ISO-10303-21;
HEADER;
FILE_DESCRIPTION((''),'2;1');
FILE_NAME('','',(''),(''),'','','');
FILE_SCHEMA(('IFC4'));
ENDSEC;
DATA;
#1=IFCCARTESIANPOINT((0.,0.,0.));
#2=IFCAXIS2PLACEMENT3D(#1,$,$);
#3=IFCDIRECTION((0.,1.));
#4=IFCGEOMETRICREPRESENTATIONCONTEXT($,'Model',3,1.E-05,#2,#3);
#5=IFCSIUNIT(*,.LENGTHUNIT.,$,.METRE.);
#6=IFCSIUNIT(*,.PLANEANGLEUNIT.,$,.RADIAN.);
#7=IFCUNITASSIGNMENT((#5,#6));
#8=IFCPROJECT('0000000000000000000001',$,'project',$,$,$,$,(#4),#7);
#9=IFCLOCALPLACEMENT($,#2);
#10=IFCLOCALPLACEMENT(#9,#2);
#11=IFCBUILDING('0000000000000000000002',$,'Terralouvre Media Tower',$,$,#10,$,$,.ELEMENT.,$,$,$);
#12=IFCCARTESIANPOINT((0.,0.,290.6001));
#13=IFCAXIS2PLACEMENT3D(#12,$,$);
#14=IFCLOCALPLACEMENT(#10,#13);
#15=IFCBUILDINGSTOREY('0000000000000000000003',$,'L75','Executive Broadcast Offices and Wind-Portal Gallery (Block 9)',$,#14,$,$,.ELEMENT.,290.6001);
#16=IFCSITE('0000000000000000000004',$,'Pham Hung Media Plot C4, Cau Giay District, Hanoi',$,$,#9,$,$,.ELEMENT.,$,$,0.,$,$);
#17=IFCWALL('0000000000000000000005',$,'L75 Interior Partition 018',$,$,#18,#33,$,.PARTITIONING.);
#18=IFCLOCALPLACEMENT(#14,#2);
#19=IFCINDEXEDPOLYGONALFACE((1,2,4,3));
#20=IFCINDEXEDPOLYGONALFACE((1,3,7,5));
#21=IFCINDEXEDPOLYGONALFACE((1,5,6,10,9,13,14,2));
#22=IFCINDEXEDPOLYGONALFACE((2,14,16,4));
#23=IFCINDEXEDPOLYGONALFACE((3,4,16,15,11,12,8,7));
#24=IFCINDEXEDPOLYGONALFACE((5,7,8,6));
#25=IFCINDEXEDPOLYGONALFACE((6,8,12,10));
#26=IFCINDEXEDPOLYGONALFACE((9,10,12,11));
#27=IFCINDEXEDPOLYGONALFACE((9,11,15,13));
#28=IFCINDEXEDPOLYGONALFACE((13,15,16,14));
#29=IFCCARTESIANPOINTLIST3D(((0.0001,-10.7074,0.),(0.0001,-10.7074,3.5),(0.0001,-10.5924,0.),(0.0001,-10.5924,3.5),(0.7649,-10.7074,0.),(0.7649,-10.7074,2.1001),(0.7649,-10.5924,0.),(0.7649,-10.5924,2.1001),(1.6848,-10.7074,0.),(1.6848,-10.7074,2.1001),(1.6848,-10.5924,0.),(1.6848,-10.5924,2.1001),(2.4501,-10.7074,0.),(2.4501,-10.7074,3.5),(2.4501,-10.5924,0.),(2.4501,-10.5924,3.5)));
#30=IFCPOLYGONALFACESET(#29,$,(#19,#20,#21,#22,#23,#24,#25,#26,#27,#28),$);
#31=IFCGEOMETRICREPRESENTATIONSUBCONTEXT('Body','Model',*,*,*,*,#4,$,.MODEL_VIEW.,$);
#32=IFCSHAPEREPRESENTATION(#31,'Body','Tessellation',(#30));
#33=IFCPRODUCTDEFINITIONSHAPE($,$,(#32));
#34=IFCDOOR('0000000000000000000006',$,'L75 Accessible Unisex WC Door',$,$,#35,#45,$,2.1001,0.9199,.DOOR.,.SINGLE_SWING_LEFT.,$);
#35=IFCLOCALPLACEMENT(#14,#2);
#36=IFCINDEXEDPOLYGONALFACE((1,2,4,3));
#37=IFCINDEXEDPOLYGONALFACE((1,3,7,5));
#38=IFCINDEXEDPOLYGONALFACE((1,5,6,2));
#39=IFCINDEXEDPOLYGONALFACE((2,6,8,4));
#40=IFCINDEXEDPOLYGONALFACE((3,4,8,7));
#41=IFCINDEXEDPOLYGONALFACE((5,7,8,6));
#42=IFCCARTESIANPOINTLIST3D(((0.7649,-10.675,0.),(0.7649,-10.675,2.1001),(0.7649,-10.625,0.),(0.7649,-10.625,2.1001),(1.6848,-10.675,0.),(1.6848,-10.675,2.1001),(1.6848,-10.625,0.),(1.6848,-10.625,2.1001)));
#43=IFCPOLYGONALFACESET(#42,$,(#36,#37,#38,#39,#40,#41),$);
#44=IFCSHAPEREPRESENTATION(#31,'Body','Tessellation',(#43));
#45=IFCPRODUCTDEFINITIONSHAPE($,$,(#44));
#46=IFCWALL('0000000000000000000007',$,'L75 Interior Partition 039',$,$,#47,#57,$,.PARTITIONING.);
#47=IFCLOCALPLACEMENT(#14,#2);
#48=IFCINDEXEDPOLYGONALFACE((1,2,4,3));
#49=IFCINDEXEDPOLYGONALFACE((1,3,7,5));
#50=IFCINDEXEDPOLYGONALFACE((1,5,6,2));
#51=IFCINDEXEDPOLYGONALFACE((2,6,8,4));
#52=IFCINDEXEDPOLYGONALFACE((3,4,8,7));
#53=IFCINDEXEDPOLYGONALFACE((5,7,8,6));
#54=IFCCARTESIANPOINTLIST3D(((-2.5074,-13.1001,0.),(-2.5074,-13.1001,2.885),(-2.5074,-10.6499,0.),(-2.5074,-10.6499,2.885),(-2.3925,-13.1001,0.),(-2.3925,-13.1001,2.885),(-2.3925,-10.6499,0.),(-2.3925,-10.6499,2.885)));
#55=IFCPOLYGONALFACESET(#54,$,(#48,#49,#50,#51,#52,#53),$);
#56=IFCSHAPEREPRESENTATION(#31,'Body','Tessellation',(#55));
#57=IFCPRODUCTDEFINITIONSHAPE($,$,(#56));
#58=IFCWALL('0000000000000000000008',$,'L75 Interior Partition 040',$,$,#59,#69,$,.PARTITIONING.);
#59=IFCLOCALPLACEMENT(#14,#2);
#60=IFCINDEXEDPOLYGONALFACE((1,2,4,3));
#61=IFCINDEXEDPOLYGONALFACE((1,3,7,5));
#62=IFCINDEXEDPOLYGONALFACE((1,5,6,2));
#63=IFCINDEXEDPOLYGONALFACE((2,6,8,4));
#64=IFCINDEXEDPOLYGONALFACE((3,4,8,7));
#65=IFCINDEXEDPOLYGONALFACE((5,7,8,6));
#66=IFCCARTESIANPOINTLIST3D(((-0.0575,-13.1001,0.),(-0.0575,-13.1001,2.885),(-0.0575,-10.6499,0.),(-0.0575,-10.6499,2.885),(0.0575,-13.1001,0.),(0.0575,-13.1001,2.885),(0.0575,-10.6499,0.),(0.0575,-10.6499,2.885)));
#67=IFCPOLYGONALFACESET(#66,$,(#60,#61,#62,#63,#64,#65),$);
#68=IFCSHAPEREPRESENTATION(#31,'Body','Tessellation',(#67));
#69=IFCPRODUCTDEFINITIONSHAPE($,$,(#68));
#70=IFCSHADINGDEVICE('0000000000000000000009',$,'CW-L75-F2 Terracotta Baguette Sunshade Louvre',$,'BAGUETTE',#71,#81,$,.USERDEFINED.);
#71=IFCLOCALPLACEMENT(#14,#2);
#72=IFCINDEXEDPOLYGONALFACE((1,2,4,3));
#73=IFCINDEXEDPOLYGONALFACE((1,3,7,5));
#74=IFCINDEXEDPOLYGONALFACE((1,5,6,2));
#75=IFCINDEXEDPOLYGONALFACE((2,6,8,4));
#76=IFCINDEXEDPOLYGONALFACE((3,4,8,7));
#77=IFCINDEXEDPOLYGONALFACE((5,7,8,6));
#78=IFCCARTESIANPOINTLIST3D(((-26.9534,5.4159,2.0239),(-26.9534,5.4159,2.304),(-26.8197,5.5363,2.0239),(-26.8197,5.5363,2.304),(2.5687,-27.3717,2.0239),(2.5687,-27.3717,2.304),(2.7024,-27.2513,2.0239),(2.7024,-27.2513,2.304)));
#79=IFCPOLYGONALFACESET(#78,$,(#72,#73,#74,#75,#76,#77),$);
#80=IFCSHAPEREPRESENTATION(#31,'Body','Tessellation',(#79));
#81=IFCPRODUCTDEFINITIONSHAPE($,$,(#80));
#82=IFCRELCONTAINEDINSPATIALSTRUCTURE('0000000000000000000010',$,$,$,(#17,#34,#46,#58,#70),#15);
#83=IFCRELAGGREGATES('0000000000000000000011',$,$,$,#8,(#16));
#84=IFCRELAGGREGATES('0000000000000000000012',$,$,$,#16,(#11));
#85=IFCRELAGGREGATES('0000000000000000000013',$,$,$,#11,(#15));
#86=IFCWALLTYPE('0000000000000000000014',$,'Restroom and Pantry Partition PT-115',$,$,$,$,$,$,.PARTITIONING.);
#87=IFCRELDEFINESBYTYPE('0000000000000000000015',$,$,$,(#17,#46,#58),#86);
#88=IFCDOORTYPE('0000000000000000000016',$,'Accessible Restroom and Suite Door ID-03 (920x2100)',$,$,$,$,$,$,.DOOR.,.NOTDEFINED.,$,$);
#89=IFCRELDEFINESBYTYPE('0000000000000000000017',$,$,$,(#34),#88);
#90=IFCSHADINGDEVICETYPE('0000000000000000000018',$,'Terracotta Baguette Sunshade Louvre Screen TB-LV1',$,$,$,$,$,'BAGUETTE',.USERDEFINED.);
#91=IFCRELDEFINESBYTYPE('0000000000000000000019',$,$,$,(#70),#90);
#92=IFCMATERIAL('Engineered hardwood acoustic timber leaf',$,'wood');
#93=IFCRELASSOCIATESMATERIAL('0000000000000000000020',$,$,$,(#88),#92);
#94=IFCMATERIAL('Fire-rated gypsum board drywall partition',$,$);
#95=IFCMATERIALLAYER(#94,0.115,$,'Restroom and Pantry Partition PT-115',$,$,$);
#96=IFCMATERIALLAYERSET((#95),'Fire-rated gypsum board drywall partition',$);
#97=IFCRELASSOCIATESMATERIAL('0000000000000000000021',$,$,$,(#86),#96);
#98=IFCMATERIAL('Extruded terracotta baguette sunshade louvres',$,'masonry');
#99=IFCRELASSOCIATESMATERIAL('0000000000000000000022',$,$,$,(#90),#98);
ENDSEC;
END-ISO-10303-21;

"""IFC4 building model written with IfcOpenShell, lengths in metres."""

from ifc_helpers import new_model, si_unit, direction, frame, frame_2d, origin, origin_2d, place, context, subcontext, project, spatial, rectangle, extrude, material, layer, layer_set, type_object, element, fill, save


model = new_model("IFC4")

# Units and contexts
model_context = context("Model", 3, precision=1e-05, world=origin(), true_north=direction((0.0, 1.0)))
body_context = subcontext(model_context, "Body", "Model", "MODEL_VIEW")
ifc_project = project(units=[si_unit("LENGTHUNIT", "METRE"), si_unit("PLANEANGLEUNIT", "RADIAN")], contexts=[model_context])

# Site, building, storey
site_placement = place(None, origin())
site = spatial("IfcSite", under=ifc_project, at=site_placement, Name="Pham Hung Media Plot C4, Cau Giay District, Hanoi", CompositionType="ELEMENT", RefElevation=0.0)
building_placement = place(site_placement, origin())
building = spatial("IfcBuilding", under=site, at=building_placement, Name="Terralouvre Media Tower", CompositionType="ELEMENT")
storey_placement = place(building_placement, frame((0.0, 0.0, 290.6001)))
storey = spatial("IfcBuildingStorey", under=building, at=storey_placement, Name="L75", Description="Executive Broadcast Offices and Wind-Portal Gallery (Block 9)", CompositionType="ELEMENT", Elevation=290.6001)

# Shared definitions
ifc_material_1 = material(Name="Engineered hardwood acoustic timber leaf", Category="wood")
door_type = type_object("IfcDoorType", Name="Accessible Restroom and Suite Door ID-03 (920x2100)", OperationType="NOTDEFINED", PredefinedType="DOOR", material=ifc_material_1)

# Wall, opening, door
ifc_material_2 = material(Name="Fire-rated gypsum board drywall partition")
ifc_layer_1 = layer(ifc_material_2, 0.115, Name="Restroom and Pantry Partition PT-115")
ifc_layer_set_1 = layer_set([ifc_layer_1], Name="Fire-rated gypsum board drywall partition")
wall_type_1 = type_object("IfcWallType", Name="Restroom and Pantry Partition PT-115", PredefinedType="PARTITIONING", material=ifc_layer_set_1)
wall_1_placement = place(storey_placement, frame((0.0, -10.6499, 0.0), z_axis=(0.0, 0.0, 1.0), x_axis=(1.0, 0.0, 0.0)))
wall_1 = element("IfcWall", 1, at=wall_1_placement, inside=storey, type_object=wall_type_1, Name="L75 Interior Partition 018", PredefinedType="PARTITIONING", context=body_context, shape_type="SweptSolid", body=[
    extrude(rectangle(XDim=2.45, YDim=0.115, at=frame_2d((1.2251, 0.0))), origin(), (0.0, 0.0, 1.0), 3.5),
])
opening_1_placement = place(wall_1_placement, frame((0.7649, 0.0, 0.0)))
opening_1 = element("IfcOpeningElement", 2, at=opening_1_placement, cuts=wall_1, PredefinedType="OPENING", context=body_context, shape_type="SweptSolid", body=[
    extrude(rectangle(XDim=0.9199, YDim=2.1001, at=frame_2d((0.46, 1.05))), frame((0.0, 0.0674, 0.0), z_axis=(0.0, -1.0, 0.0), x_axis=(1.0, 0.0, 0.0)), (0.0, 0.0, 1.0), 0.135),
])
door_1_placement = place(opening_1_placement, origin())
door_1 = element("IfcDoor", 3, at=door_1_placement, inside=storey, type_object=door_type, Name="L75 Accessible Unisex WC Door", OperationType="SINGLE_SWING_LEFT", OverallHeight=2.1001, OverallWidth=0.9199, PredefinedType="DOOR", context=body_context, shape_type="SweptSolid", body=[
    extrude(rectangle(XDim=0.9199, YDim=2.1001, at=frame_2d((0.46, 1.05))), frame((0.0, 0.0249, 0.0), z_axis=(0.0, -1.0, 0.0), x_axis=(1.0, 0.0, 0.0)), (0.0, 0.0, 1.0), 0.05),
])
fill(opening_1, door_1)

# Walls
for number, where, z_axis, x_axis, name in (
    (4, (-2.45, -13.1001, 0.0), (0.0, 0.0, 1.0), (0.0, 1.0, 0.0), "L75 Interior Partition 039"),
    (5, (0.0, -13.1001, 0.0), (0.0, 0.0, 1.0), (0.0, 1.0, 0.0), "L75 Interior Partition 040"),
):
    element("IfcWall", number, at=place(storey_placement, frame(where, z_axis=z_axis, x_axis=x_axis)), inside=storey, type_object=wall_type_1, Name=name, PredefinedType="PARTITIONING", context=body_context, shape_type="SweptSolid", body=[
        extrude(rectangle(XDim=2.4502, YDim=0.115, at=frame_2d((1.2251, 0.0))), origin(), (0.0, 0.0, 1.0), 2.885),
    ])

# Shading device
ifc_material_3 = material(Name="Extruded terracotta baguette sunshade louvres", Category="masonry")
shading_device_type = type_object("IfcShadingDeviceType", Name="Terracotta Baguette Sunshade Louvre Screen TB-LV1", ElementType="BAGUETTE", PredefinedType="USERDEFINED", material=ifc_material_3)
shading_device_placement = place(storey_placement, frame((-12.1255, -10.9177, 2.0239), z_axis=(0.0, 0.0, 1.0), x_axis=(0.669131, -0.743145, 0.0)))
element("IfcShadingDevice", 6, at=shading_device_placement, inside=storey, type_object=shading_device_type, Name="CW-L75-F2 Terracotta Baguette Sunshade Louvre", ObjectType="BAGUETTE", PredefinedType="USERDEFINED", context=body_context, shape_type="SweptSolid", body=[
    extrude(rectangle(XDim=44.1201, YDim=0.1799, at=origin_2d()), origin(), (0.0, 0.0, 1.0), 0.28),
])

save(model, "model.ifc")
